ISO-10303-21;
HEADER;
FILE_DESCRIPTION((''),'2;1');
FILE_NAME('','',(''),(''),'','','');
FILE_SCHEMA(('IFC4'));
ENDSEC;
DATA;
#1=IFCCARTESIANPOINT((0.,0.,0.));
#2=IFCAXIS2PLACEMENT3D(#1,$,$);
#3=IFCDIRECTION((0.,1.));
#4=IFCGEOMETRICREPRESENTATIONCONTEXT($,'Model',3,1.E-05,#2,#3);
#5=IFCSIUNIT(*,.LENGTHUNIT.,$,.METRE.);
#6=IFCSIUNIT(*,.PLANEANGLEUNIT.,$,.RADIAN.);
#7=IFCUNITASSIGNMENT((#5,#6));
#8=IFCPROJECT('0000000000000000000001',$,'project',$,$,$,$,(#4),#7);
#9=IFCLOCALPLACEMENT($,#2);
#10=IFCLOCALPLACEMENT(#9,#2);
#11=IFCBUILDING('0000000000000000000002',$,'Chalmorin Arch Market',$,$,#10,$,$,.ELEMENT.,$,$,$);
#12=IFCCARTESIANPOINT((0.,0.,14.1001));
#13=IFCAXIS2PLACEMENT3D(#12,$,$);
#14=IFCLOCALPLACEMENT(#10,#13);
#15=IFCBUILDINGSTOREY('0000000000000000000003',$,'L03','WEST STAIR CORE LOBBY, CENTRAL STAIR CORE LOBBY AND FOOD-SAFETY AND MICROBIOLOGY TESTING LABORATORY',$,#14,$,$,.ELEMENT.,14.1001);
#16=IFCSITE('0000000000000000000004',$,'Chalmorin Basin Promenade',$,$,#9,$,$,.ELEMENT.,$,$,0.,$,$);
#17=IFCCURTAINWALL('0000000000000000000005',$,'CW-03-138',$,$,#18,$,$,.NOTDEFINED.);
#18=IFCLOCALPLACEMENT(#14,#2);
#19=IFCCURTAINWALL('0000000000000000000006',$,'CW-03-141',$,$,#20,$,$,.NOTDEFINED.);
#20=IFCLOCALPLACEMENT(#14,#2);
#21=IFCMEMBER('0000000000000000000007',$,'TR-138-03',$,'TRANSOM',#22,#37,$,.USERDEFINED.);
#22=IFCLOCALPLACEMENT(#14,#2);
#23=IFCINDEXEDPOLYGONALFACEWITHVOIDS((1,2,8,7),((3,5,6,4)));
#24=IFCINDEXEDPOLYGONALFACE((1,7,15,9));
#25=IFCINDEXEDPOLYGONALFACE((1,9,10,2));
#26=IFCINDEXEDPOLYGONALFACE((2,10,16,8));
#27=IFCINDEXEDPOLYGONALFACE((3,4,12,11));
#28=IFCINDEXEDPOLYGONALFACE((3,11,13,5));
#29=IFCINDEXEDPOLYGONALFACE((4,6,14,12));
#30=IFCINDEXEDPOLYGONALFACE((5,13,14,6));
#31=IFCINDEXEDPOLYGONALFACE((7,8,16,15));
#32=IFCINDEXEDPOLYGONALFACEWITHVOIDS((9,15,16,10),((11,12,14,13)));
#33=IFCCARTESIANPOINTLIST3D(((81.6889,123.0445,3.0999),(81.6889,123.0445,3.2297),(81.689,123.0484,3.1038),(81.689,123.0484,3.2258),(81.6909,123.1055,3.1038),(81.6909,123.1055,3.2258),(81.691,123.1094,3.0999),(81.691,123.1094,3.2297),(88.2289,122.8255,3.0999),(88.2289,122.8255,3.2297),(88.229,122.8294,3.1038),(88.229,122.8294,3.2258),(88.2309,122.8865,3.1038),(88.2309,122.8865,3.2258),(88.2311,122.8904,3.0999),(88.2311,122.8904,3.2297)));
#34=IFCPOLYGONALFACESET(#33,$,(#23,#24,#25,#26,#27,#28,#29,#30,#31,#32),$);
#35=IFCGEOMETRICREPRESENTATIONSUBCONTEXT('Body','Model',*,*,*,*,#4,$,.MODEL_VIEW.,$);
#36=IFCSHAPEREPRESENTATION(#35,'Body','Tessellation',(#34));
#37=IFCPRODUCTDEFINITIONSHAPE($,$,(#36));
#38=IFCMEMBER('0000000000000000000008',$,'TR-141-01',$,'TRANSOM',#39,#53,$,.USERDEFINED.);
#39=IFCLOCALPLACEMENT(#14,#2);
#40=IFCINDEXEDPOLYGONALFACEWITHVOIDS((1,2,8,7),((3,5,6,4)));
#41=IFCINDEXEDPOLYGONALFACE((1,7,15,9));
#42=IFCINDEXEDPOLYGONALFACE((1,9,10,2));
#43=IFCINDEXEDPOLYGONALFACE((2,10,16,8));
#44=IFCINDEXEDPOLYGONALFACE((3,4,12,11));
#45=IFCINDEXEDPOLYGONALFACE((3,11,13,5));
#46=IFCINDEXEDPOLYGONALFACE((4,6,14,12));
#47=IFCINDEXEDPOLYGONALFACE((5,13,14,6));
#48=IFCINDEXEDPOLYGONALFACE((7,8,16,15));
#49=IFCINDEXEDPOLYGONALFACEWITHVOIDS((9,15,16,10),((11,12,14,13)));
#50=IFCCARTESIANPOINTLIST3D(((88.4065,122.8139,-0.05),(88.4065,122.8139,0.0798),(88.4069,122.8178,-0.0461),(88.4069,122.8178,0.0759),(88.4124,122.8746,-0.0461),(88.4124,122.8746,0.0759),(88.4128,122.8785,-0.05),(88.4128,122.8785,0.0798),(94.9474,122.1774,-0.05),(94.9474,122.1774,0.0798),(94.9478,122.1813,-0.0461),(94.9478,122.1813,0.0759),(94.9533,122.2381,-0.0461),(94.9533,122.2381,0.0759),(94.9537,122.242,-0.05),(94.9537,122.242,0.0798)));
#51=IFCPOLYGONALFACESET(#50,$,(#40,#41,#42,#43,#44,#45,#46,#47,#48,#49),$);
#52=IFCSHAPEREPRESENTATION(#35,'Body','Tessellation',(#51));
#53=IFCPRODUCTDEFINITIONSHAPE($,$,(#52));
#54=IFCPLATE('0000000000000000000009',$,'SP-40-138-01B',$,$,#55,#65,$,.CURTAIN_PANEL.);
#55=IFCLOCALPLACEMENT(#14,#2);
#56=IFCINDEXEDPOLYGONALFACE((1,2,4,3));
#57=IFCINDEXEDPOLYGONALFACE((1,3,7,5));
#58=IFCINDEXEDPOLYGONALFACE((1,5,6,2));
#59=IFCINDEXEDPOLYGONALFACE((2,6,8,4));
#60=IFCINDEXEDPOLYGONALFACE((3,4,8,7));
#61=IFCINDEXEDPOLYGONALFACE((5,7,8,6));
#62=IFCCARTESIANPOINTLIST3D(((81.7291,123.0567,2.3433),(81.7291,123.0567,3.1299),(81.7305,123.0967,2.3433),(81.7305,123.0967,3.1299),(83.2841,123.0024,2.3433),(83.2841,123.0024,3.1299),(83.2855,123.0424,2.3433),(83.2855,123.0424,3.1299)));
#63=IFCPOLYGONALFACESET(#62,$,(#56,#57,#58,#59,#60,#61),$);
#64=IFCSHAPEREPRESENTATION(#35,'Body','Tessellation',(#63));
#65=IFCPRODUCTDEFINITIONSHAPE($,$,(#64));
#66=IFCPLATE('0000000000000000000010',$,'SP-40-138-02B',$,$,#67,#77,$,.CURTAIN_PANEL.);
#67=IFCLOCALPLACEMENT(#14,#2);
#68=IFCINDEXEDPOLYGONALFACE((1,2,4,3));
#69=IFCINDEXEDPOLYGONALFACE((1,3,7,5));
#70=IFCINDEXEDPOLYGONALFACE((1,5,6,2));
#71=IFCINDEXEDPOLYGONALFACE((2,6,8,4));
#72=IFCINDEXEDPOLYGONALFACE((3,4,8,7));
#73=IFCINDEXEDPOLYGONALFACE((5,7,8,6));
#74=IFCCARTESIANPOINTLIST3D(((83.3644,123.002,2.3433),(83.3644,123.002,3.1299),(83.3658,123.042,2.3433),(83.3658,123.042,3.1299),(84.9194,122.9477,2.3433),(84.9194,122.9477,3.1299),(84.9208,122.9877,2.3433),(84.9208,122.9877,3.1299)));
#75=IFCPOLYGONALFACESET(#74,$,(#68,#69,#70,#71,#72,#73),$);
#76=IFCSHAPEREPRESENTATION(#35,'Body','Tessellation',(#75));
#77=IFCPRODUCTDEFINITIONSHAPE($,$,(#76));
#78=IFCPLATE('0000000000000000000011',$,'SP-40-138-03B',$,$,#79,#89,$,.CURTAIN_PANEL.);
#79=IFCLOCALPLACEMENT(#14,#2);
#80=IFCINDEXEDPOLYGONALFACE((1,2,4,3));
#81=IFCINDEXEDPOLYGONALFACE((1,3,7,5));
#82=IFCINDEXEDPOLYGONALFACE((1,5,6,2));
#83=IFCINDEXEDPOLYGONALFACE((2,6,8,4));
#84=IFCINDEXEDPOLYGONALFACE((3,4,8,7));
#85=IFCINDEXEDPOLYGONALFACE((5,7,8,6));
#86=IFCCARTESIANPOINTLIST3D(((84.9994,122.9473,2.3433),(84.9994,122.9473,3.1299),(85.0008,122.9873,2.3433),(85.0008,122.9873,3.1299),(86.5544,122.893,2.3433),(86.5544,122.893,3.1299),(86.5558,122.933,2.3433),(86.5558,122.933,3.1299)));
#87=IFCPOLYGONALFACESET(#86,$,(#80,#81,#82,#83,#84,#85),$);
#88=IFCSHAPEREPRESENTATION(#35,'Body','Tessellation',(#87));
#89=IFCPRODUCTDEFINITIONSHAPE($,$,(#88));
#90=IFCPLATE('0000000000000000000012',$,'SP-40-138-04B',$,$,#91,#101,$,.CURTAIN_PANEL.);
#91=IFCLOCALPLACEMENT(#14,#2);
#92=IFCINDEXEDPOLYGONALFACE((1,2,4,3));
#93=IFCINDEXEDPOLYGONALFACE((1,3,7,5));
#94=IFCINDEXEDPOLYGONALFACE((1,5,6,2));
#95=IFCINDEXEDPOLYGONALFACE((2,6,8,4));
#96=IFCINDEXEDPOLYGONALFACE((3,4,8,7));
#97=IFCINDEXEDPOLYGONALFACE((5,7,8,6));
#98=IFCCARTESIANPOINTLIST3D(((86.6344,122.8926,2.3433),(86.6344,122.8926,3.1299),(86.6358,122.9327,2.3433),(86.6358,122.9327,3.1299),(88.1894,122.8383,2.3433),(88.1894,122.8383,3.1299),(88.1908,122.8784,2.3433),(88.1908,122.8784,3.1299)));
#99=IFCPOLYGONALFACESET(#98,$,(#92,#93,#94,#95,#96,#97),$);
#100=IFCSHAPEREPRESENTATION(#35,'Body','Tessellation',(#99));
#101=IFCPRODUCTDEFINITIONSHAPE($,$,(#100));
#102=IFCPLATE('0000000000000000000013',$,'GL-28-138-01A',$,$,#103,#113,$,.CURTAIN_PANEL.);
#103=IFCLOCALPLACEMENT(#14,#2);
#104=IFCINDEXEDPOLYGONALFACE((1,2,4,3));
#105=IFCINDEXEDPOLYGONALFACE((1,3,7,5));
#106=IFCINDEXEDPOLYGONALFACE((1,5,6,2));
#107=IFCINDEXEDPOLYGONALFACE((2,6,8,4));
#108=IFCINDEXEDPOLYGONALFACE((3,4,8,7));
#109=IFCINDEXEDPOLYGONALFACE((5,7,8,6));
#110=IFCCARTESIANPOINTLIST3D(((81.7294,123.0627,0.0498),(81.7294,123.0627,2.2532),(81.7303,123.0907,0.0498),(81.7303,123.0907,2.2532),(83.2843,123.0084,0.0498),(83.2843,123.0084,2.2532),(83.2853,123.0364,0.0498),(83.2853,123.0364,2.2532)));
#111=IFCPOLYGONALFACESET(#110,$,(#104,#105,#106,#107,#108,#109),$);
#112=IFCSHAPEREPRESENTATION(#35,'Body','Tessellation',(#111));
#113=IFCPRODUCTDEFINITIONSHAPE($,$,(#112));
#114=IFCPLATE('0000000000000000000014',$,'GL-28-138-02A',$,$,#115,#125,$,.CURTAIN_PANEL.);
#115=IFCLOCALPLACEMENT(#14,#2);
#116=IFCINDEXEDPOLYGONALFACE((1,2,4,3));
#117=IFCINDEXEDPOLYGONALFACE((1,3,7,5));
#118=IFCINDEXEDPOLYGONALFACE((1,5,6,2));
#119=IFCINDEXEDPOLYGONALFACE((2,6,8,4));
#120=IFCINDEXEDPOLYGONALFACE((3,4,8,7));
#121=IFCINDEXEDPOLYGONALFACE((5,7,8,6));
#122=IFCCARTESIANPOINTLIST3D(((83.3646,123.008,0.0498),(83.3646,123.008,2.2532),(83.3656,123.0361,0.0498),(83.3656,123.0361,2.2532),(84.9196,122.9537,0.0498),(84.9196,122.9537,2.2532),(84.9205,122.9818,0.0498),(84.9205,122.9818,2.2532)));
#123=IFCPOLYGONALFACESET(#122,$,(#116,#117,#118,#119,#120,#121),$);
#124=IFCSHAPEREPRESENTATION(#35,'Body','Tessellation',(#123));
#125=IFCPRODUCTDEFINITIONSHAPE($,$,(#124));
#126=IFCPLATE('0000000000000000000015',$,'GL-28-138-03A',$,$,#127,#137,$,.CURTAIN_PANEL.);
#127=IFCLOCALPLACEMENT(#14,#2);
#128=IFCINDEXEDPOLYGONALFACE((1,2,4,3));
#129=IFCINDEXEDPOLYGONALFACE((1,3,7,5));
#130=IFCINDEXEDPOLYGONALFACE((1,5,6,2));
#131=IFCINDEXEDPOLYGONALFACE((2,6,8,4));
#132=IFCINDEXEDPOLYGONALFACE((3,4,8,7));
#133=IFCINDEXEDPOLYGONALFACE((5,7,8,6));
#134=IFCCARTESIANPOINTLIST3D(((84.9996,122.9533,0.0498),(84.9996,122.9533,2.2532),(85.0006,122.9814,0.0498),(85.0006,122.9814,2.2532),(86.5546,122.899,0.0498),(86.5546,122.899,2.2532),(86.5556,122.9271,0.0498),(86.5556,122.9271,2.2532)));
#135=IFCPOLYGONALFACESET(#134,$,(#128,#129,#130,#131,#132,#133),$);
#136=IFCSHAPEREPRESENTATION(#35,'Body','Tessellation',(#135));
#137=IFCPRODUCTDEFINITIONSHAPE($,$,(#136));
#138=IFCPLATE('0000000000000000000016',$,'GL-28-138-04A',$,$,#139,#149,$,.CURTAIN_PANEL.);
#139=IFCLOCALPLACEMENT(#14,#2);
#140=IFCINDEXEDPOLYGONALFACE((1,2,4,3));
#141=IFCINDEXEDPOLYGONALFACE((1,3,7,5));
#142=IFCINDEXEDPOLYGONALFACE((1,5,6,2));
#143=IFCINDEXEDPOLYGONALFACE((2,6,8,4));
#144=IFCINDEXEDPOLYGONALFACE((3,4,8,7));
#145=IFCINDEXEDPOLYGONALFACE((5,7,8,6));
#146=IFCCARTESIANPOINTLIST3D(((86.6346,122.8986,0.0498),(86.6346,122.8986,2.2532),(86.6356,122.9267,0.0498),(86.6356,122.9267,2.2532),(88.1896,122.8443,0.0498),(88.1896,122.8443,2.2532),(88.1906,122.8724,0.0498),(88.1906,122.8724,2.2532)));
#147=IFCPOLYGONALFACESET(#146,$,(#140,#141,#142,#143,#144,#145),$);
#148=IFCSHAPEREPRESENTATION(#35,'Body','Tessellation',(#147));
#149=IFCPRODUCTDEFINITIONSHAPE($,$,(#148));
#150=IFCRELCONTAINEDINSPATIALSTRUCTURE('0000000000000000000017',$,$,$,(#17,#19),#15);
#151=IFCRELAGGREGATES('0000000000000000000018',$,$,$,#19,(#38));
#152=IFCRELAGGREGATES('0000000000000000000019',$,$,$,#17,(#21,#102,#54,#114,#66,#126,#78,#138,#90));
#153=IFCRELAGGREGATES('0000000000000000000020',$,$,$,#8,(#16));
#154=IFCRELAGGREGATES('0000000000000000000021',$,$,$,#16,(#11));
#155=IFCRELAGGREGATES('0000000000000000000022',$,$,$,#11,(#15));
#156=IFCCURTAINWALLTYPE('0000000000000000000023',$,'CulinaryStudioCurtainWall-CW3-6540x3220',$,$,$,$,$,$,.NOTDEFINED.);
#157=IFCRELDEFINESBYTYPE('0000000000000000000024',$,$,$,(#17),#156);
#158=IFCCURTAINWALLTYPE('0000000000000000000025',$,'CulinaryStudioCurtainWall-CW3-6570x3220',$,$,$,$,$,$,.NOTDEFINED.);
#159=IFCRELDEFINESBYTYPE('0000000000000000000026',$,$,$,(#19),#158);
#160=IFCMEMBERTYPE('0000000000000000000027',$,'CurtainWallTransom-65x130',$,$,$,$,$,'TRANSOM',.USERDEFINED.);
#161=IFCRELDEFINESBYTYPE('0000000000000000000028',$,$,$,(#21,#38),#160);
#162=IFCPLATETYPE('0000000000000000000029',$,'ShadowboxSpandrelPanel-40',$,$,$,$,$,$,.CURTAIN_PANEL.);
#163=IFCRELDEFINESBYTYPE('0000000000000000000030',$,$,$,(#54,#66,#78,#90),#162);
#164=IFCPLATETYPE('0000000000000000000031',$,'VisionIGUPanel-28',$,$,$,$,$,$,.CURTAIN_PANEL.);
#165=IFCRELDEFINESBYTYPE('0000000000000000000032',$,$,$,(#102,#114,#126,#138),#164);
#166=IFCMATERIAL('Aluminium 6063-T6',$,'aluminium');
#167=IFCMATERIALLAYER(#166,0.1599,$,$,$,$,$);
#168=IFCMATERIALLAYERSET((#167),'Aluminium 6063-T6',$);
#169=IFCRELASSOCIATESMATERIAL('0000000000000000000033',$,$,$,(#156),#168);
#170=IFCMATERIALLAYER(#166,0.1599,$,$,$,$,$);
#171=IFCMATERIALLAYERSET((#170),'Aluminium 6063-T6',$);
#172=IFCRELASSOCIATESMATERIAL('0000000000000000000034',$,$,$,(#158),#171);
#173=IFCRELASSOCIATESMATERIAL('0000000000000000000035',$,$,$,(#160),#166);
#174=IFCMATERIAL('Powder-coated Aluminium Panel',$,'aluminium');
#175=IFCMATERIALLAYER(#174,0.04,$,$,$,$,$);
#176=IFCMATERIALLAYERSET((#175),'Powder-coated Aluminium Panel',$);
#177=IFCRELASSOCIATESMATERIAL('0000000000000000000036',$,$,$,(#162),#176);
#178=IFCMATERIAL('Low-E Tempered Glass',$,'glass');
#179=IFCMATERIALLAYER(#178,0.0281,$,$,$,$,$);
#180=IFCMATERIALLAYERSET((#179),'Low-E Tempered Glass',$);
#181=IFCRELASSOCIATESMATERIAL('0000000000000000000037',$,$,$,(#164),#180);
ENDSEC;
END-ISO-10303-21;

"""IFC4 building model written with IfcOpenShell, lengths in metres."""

from ifc_helpers import new_model, si_unit, direction, frame, origin, origin_2d, place, context, subcontext, project, spatial, rectangle, hollow_rectangle, extrude, material, layer, layer_set, material_profile, profile_set, type_object, element, aggregate, save


model = new_model("IFC4")

# Units and contexts
model_context = context("Model", 3, precision=1e-05, world=origin(), true_north=direction((0.0, 1.0)))
body_context = subcontext(model_context, "Body", "Model", "MODEL_VIEW")
ifc_project = project(units=[si_unit("LENGTHUNIT", "METRE"), si_unit("PLANEANGLEUNIT", "RADIAN")], contexts=[model_context])

# Site, building, storey
site_placement = place(None, origin())
site = spatial("IfcSite", under=ifc_project, at=site_placement, Name="Chalmorin Basin Promenade", CompositionType="ELEMENT", RefElevation=0.0)
building_placement = place(site_placement, origin())
building = spatial("IfcBuilding", under=site, at=building_placement, Name="Chalmorin Arch Market", CompositionType="ELEMENT")
storey_placement = place(building_placement, frame((0.0, 0.0, 14.1001)))
storey = spatial("IfcBuildingStorey", under=building, at=storey_placement, Name="L03", Description="WEST STAIR CORE LOBBY, CENTRAL STAIR CORE LOBBY AND FOOD-SAFETY AND MICROBIOLOGY TESTING LABORATORY", CompositionType="ELEMENT", Elevation=14.1001)

# Shared definitions
ifc_material_1 = material(Name="Aluminium 6063-T6", Category="aluminium")
ifc_layer_1 = layer(ifc_material_1, 0.1599)
ifc_layer_set_1 = layer_set([ifc_layer_1], Name="Aluminium 6063-T6")
curtain_wall_type_1 = type_object("IfcCurtainWallType", Name="CulinaryStudioCurtainWall-CW3-6540x3220", PredefinedType="NOTDEFINED", material=ifc_layer_set_1)

# Curtain wall
curtain_wall_1_placement = place(storey_placement, origin())
curtain_wall_1 = element("IfcCurtainWall", 1, at=curtain_wall_1_placement, inside=storey, type_object=curtain_wall_type_1, Name="CW-03-138", PredefinedType="NOTDEFINED")

# Curtain wall
ifc_layer_2 = layer(ifc_material_1, 0.1599)
ifc_layer_set_2 = layer_set([ifc_layer_2], Name="Aluminium 6063-T6")
curtain_wall_type_2 = type_object("IfcCurtainWallType", Name="CulinaryStudioCurtainWall-CW3-6570x3220", PredefinedType="NOTDEFINED", material=ifc_layer_set_2)
curtain_wall_2_placement = place(storey_placement, origin())
curtain_wall_2 = element("IfcCurtainWall", 2, at=curtain_wall_2_placement, inside=storey, type_object=curtain_wall_type_2, Name="CW-03-141", PredefinedType="NOTDEFINED")

# Members
ifc_material_profile_1 = material_profile(ifc_material_1, hollow_rectangle(XDim=0.0649, YDim=0.1299, WallThickness=0.0039, at=origin_2d()), Name="ALU65X130X4")
ifc_profile_set_1 = profile_set([ifc_material_profile_1], Name="Aluminium 6063-T6")
member_type_1 = type_object("IfcMemberType", Name="CurtainWallTransom-65x130", ElementType="TRANSOM", PredefinedType="USERDEFINED", material=ifc_profile_set_1)
member_1_placement = place(storey_placement, frame((81.6899, 123.0769, 3.1648), z_axis=(0.99944, -0.033466, 0.0), x_axis=(0.033466, 0.99944, 0.0)))
member_1 = element("IfcMember", 3, at=member_1_placement, type_object=member_type_1, Name="TR-138-03", ObjectType="TRANSOM", PredefinedType="USERDEFINED", context=body_context, shape_type="SweptSolid", body=[
    extrude(hollow_rectangle(XDim=0.0649, YDim=0.1299, WallThickness=0.0039, at=origin_2d()), origin(), (0.0, 0.0, 1.0), 6.5437),
])
member_2_placement = place(storey_placement, frame((88.4097, 122.8462, 0.0149), z_axis=(0.995299, -0.096851, 0.0), x_axis=(0.096851, 0.995299, 0.0)))
member_2 = element("IfcMember", 4, at=member_2_placement, type_object=member_type_1, Name="TR-141-01", ObjectType="TRANSOM", PredefinedType="USERDEFINED", context=body_context, shape_type="SweptSolid", body=[
    extrude(hollow_rectangle(XDim=0.0649, YDim=0.1299, WallThickness=0.0039, at=origin_2d()), origin(), (0.0, 0.0, 1.0), 6.5718),
])
aggregate(curtain_wall_2, [member_2])

# Plates
ifc_material_2 = material(Name="Powder-coated Aluminium Panel", Category="aluminium")
ifc_layer_3 = layer(ifc_material_2, 0.04)
ifc_layer_set_3 = layer_set([ifc_layer_3], Name="Powder-coated Aluminium Panel")
plate_type_1 = type_object("IfcPlateType", Name="ShadowboxSpandrelPanel-40", PredefinedType="CURTAIN_PANEL", material=ifc_layer_set_3)
plate_1_placement = place(storey_placement, frame((82.5073, 123.0496, 2.3433), z_axis=(0.0, 0.0, 1.0), x_axis=(0.999391, -0.034899, 0.0)))
plate_1 = element("IfcPlate", 5, at=plate_1_placement, type_object=plate_type_1, Name="SP-40-138-01B", PredefinedType="CURTAIN_PANEL", context=body_context, shape_type="SweptSolid", body=[
    extrude(rectangle(XDim=1.5559, YDim=0.04, at=origin_2d()), origin(), (0.0, 0.0, 1.0), 0.7866),
])
plate_2_placement = place(storey_placement, frame((84.1426, 122.9949, 2.3433), z_axis=(0.0, 0.0, 1.0), x_axis=(0.999391, -0.034899, 0.0)))
plate_2 = element("IfcPlate", 6, at=plate_2_placement, type_object=plate_type_1, Name="SP-40-138-02B", PredefinedType="CURTAIN_PANEL", context=body_context, shape_type="SweptSolid", body=[
    extrude(rectangle(XDim=1.5559, YDim=0.04, at=origin_2d()), origin(), (0.0, 0.0, 1.0), 0.7866),
])
plate_3_placement = place(storey_placement, frame((85.7776, 122.9402, 2.3433), z_axis=(0.0, 0.0, 1.0), x_axis=(0.999391, -0.034899, 0.0)))
plate_3 = element("IfcPlate", 7, at=plate_3_placement, type_object=plate_type_1, Name="SP-40-138-03B", PredefinedType="CURTAIN_PANEL", context=body_context, shape_type="SweptSolid", body=[
    extrude(rectangle(XDim=1.5559, YDim=0.04, at=origin_2d()), origin(), (0.0, 0.0, 1.0), 0.7866),
])
plate_4_placement = place(storey_placement, frame((87.4126, 122.8855, 2.3433), z_axis=(0.0, 0.0, 1.0), x_axis=(0.999391, -0.034899, 0.0)))
plate_4 = element("IfcPlate", 8, at=plate_4_placement, type_object=plate_type_1, Name="SP-40-138-04B", PredefinedType="CURTAIN_PANEL", context=body_context, shape_type="SweptSolid", body=[
    extrude(rectangle(XDim=1.5559, YDim=0.04, at=origin_2d()), origin(), (0.0, 0.0, 1.0), 0.7866),
])
ifc_material_3 = material(Name="Low-E Tempered Glass", Category="glass")
ifc_layer_4 = layer(ifc_material_3, 0.0281)
ifc_layer_set_4 = layer_set([ifc_layer_4], Name="Low-E Tempered Glass")
plate_type_2 = type_object("IfcPlateType", Name="VisionIGUPanel-28", PredefinedType="CURTAIN_PANEL", material=ifc_layer_set_4)
plate_5_placement = place(storey_placement, frame((82.5073, 123.0496, 0.0498), z_axis=(0.0, 0.0, 1.0), x_axis=(0.999391, -0.034899, 0.0)))
plate_5 = element("IfcPlate", 9, at=plate_5_placement, type_object=plate_type_2, Name="GL-28-138-01A", PredefinedType="CURTAIN_PANEL", context=body_context, shape_type="SweptSolid", body=[
    extrude(rectangle(XDim=1.5559, YDim=0.0281, at=origin_2d()), origin(), (0.0, 0.0, 1.0), 2.2034),
])
plate_6_placement = place(storey_placement, frame((84.1426, 122.9949, 0.0498), z_axis=(0.0, 0.0, 1.0), x_axis=(0.999391, -0.034899, 0.0)))
plate_6 = element("IfcPlate", 10, at=plate_6_placement, type_object=plate_type_2, Name="GL-28-138-02A", PredefinedType="CURTAIN_PANEL", context=body_context, shape_type="SweptSolid", body=[
    extrude(rectangle(XDim=1.5559, YDim=0.0281, at=origin_2d()), origin(), (0.0, 0.0, 1.0), 2.2034),
])
plate_7_placement = place(storey_placement, frame((85.7776, 122.9402, 0.0498), z_axis=(0.0, 0.0, 1.0), x_axis=(0.999391, -0.034899, 0.0)))
plate_7 = element("IfcPlate", 11, at=plate_7_placement, type_object=plate_type_2, Name="GL-28-138-03A", PredefinedType="CURTAIN_PANEL", context=body_context, shape_type="SweptSolid", body=[
    extrude(rectangle(XDim=1.5559, YDim=0.0281, at=origin_2d()), origin(), (0.0, 0.0, 1.0), 2.2034),
])
plate_8_placement = place(storey_placement, frame((87.4126, 122.8855, 0.0498), z_axis=(0.0, 0.0, 1.0), x_axis=(0.999391, -0.034899, 0.0)))
plate_8 = element("IfcPlate", 12, at=plate_8_placement, type_object=plate_type_2, Name="GL-28-138-04A", PredefinedType="CURTAIN_PANEL", context=body_context, shape_type="SweptSolid", body=[
    extrude(rectangle(XDim=1.5559, YDim=0.0281, at=origin_2d()), origin(), (0.0, 0.0, 1.0), 2.2034),
])
aggregate(curtain_wall_1, [member_1, plate_5, plate_1, plate_6, plate_2, plate_7, plate_3, plate_8, plate_4])

save(model, "model.ifc")
